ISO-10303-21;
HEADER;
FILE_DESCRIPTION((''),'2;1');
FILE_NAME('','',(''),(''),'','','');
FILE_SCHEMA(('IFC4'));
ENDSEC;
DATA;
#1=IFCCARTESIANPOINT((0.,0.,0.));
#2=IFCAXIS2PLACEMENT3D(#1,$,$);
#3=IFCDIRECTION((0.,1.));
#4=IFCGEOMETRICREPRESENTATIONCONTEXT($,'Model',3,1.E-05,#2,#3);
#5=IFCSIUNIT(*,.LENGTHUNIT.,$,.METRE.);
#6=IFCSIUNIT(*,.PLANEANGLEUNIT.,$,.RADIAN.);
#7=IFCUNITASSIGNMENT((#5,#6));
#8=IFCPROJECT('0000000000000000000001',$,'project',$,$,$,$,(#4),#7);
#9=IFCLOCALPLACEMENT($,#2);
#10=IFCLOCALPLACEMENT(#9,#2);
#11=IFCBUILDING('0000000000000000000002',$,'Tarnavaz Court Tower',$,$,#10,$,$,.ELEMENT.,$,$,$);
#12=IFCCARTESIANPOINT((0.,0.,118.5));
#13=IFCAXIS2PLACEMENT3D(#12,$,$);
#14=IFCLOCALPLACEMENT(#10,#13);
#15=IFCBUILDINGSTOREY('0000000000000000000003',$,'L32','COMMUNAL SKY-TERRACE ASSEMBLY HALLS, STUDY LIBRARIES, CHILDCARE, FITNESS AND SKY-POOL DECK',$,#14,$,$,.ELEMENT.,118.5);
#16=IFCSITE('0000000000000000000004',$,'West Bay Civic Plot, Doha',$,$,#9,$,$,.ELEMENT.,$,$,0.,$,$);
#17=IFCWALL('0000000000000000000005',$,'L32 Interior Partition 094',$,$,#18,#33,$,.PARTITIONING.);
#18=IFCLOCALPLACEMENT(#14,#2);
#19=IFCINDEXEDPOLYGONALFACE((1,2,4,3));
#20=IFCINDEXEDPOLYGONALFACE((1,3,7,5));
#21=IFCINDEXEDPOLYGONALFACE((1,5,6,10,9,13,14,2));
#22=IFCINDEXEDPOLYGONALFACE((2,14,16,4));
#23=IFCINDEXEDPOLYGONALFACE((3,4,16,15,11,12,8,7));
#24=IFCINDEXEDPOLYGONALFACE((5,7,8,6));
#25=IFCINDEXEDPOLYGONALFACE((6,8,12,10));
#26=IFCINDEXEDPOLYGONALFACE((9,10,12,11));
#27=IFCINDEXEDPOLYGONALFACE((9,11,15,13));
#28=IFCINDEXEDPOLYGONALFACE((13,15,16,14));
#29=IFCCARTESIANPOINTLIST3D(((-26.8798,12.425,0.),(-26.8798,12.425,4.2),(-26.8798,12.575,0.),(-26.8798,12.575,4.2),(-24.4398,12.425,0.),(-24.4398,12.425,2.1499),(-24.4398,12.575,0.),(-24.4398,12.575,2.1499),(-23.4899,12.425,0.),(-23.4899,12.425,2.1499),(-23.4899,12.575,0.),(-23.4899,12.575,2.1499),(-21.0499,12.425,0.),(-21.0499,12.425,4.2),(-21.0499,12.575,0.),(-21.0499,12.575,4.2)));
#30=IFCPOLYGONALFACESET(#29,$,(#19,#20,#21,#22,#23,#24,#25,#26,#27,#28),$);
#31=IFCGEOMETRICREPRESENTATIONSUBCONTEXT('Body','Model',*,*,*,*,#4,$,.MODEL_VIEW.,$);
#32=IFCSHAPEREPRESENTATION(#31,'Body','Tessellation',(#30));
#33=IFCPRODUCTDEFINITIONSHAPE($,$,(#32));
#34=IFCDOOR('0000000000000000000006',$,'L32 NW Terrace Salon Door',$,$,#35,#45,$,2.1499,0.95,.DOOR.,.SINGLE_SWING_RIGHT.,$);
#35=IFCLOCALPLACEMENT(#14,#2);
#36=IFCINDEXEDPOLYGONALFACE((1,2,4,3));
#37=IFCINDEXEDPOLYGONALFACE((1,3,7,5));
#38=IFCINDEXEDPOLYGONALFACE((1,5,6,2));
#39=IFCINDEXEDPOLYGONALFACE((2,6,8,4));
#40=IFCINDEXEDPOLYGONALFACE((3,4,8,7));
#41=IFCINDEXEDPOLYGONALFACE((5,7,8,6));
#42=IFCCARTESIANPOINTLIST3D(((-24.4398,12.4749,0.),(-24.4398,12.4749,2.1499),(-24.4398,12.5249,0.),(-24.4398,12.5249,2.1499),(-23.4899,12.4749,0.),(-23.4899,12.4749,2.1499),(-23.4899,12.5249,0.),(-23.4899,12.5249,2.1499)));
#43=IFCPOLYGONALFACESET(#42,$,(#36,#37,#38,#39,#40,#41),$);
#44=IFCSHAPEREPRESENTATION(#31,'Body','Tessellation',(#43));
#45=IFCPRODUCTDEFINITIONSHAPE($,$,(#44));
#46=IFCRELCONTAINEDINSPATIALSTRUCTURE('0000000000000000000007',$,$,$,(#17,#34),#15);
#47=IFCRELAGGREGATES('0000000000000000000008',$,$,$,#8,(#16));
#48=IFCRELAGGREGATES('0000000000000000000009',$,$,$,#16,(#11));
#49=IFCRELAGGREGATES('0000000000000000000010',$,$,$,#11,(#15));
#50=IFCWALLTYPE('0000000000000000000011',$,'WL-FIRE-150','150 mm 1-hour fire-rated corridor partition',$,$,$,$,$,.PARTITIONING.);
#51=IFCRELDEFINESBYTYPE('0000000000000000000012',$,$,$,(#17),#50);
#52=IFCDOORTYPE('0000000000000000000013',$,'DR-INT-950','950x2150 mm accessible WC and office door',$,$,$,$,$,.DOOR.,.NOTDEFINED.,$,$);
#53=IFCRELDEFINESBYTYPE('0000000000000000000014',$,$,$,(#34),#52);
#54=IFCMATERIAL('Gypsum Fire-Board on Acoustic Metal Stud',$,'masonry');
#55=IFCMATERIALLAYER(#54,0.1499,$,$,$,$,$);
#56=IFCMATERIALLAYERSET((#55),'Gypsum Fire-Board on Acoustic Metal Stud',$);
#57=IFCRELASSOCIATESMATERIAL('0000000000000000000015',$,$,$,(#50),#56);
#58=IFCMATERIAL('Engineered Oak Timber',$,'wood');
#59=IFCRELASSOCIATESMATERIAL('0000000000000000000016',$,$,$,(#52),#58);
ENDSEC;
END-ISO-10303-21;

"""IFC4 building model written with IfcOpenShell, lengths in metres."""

from ifc_helpers import new_model, si_unit, direction, frame, frame_2d, origin, place, context, subcontext, project, spatial, rectangle, extrude, material, layer, layer_set, type_object, element, fill, save


model = new_model("IFC4")

# Units and contexts
model_context = context("Model", 3, precision=1e-05, world=origin(), true_north=direction((0.0, 1.0)))
body_context = subcontext(model_context, "Body", "Model", "MODEL_VIEW")
ifc_project = project(units=[si_unit("LENGTHUNIT", "METRE"), si_unit("PLANEANGLEUNIT", "RADIAN")], contexts=[model_context])

# Site, building, storey
site_placement = place(None, origin())
site = spatial("IfcSite", under=ifc_project, at=site_placement, Name="West Bay Civic Plot, Doha", CompositionType="ELEMENT", RefElevation=0.0)
building_placement = place(site_placement, origin())
building = spatial("IfcBuilding", under=site, at=building_placement, Name="Tarnavaz Court Tower", CompositionType="ELEMENT")
storey_placement = place(building_placement, frame((0.0, 0.0, 118.5)))
storey = spatial("IfcBuildingStorey", under=building, at=storey_placement, Name="L32", Description="COMMUNAL SKY-TERRACE ASSEMBLY HALLS, STUDY LIBRARIES, CHILDCARE, FITNESS AND SKY-POOL DECK", CompositionType="ELEMENT", Elevation=118.5)

# Wall, opening, door
ifc_material_1 = material(Name="Gypsum Fire-Board on Acoustic Metal Stud", Category="masonry")
ifc_layer_1 = layer(ifc_material_1, 0.1499)
ifc_layer_set_1 = layer_set([ifc_layer_1], Name="Gypsum Fire-Board on Acoustic Metal Stud")
wall_type_1 = type_object("IfcWallType", Name="WL-FIRE-150", Description="150 mm 1-hour fire-rated corridor partition", PredefinedType="PARTITIONING", material=ifc_layer_set_1)
wall_1_placement = place(storey_placement, frame((-26.8799, 12.5, 0.0), z_axis=(0.0, 0.0, 1.0), x_axis=(1.0, 0.0, 0.0)))
wall_1 = element("IfcWall", 1, at=wall_1_placement, inside=storey, type_object=wall_type_1, Name="L32 Interior Partition 094", PredefinedType="PARTITIONING", context=body_context, shape_type="SweptSolid", body=[
    extrude(rectangle(XDim=5.8298, YDim=0.1499, at=frame_2d((2.915, 0.0))), origin(), (0.0, 0.0, 1.0), 4.2),
])
opening_1_placement = place(wall_1_placement, frame((2.4399, 0.0, 0.0)))
opening_1 = element("IfcOpeningElement", 2, at=opening_1_placement, cuts=wall_1, PredefinedType="OPENING", context=body_context, shape_type="SweptSolid", body=[
    extrude(rectangle(XDim=0.95, YDim=2.1499, at=frame_2d((0.4751, 1.075))), frame((0.0, 0.085, 0.0), z_axis=(0.0, -1.0, 0.0), x_axis=(1.0, 0.0, 0.0)), (0.0, 0.0, 1.0), 0.1699),
])
ifc_material_2 = material(Name="Engineered Oak Timber", Category="wood")
door_type_1 = type_object("IfcDoorType", Name="DR-INT-950", Description="950x2150 mm accessible WC and office door", OperationType="NOTDEFINED", PredefinedType="DOOR", material=ifc_material_2)
door_1_placement = place(opening_1_placement, origin())
door_1 = element("IfcDoor", 3, at=door_1_placement, inside=storey, type_object=door_type_1, Name="L32 NW Terrace Salon Door", OperationType="SINGLE_SWING_RIGHT", OverallHeight=2.1499, OverallWidth=0.95, PredefinedType="DOOR", context=body_context, shape_type="SweptSolid", body=[
    extrude(rectangle(XDim=0.95, YDim=2.1499, at=frame_2d((0.4751, 1.075))), frame((0.0, 0.0249, 0.0), z_axis=(0.0, -1.0, 0.0), x_axis=(1.0, 0.0, 0.0)), (0.0, 0.0, 1.0), 0.05),
])
fill(opening_1, door_1)

save(model, "model.ifc")
